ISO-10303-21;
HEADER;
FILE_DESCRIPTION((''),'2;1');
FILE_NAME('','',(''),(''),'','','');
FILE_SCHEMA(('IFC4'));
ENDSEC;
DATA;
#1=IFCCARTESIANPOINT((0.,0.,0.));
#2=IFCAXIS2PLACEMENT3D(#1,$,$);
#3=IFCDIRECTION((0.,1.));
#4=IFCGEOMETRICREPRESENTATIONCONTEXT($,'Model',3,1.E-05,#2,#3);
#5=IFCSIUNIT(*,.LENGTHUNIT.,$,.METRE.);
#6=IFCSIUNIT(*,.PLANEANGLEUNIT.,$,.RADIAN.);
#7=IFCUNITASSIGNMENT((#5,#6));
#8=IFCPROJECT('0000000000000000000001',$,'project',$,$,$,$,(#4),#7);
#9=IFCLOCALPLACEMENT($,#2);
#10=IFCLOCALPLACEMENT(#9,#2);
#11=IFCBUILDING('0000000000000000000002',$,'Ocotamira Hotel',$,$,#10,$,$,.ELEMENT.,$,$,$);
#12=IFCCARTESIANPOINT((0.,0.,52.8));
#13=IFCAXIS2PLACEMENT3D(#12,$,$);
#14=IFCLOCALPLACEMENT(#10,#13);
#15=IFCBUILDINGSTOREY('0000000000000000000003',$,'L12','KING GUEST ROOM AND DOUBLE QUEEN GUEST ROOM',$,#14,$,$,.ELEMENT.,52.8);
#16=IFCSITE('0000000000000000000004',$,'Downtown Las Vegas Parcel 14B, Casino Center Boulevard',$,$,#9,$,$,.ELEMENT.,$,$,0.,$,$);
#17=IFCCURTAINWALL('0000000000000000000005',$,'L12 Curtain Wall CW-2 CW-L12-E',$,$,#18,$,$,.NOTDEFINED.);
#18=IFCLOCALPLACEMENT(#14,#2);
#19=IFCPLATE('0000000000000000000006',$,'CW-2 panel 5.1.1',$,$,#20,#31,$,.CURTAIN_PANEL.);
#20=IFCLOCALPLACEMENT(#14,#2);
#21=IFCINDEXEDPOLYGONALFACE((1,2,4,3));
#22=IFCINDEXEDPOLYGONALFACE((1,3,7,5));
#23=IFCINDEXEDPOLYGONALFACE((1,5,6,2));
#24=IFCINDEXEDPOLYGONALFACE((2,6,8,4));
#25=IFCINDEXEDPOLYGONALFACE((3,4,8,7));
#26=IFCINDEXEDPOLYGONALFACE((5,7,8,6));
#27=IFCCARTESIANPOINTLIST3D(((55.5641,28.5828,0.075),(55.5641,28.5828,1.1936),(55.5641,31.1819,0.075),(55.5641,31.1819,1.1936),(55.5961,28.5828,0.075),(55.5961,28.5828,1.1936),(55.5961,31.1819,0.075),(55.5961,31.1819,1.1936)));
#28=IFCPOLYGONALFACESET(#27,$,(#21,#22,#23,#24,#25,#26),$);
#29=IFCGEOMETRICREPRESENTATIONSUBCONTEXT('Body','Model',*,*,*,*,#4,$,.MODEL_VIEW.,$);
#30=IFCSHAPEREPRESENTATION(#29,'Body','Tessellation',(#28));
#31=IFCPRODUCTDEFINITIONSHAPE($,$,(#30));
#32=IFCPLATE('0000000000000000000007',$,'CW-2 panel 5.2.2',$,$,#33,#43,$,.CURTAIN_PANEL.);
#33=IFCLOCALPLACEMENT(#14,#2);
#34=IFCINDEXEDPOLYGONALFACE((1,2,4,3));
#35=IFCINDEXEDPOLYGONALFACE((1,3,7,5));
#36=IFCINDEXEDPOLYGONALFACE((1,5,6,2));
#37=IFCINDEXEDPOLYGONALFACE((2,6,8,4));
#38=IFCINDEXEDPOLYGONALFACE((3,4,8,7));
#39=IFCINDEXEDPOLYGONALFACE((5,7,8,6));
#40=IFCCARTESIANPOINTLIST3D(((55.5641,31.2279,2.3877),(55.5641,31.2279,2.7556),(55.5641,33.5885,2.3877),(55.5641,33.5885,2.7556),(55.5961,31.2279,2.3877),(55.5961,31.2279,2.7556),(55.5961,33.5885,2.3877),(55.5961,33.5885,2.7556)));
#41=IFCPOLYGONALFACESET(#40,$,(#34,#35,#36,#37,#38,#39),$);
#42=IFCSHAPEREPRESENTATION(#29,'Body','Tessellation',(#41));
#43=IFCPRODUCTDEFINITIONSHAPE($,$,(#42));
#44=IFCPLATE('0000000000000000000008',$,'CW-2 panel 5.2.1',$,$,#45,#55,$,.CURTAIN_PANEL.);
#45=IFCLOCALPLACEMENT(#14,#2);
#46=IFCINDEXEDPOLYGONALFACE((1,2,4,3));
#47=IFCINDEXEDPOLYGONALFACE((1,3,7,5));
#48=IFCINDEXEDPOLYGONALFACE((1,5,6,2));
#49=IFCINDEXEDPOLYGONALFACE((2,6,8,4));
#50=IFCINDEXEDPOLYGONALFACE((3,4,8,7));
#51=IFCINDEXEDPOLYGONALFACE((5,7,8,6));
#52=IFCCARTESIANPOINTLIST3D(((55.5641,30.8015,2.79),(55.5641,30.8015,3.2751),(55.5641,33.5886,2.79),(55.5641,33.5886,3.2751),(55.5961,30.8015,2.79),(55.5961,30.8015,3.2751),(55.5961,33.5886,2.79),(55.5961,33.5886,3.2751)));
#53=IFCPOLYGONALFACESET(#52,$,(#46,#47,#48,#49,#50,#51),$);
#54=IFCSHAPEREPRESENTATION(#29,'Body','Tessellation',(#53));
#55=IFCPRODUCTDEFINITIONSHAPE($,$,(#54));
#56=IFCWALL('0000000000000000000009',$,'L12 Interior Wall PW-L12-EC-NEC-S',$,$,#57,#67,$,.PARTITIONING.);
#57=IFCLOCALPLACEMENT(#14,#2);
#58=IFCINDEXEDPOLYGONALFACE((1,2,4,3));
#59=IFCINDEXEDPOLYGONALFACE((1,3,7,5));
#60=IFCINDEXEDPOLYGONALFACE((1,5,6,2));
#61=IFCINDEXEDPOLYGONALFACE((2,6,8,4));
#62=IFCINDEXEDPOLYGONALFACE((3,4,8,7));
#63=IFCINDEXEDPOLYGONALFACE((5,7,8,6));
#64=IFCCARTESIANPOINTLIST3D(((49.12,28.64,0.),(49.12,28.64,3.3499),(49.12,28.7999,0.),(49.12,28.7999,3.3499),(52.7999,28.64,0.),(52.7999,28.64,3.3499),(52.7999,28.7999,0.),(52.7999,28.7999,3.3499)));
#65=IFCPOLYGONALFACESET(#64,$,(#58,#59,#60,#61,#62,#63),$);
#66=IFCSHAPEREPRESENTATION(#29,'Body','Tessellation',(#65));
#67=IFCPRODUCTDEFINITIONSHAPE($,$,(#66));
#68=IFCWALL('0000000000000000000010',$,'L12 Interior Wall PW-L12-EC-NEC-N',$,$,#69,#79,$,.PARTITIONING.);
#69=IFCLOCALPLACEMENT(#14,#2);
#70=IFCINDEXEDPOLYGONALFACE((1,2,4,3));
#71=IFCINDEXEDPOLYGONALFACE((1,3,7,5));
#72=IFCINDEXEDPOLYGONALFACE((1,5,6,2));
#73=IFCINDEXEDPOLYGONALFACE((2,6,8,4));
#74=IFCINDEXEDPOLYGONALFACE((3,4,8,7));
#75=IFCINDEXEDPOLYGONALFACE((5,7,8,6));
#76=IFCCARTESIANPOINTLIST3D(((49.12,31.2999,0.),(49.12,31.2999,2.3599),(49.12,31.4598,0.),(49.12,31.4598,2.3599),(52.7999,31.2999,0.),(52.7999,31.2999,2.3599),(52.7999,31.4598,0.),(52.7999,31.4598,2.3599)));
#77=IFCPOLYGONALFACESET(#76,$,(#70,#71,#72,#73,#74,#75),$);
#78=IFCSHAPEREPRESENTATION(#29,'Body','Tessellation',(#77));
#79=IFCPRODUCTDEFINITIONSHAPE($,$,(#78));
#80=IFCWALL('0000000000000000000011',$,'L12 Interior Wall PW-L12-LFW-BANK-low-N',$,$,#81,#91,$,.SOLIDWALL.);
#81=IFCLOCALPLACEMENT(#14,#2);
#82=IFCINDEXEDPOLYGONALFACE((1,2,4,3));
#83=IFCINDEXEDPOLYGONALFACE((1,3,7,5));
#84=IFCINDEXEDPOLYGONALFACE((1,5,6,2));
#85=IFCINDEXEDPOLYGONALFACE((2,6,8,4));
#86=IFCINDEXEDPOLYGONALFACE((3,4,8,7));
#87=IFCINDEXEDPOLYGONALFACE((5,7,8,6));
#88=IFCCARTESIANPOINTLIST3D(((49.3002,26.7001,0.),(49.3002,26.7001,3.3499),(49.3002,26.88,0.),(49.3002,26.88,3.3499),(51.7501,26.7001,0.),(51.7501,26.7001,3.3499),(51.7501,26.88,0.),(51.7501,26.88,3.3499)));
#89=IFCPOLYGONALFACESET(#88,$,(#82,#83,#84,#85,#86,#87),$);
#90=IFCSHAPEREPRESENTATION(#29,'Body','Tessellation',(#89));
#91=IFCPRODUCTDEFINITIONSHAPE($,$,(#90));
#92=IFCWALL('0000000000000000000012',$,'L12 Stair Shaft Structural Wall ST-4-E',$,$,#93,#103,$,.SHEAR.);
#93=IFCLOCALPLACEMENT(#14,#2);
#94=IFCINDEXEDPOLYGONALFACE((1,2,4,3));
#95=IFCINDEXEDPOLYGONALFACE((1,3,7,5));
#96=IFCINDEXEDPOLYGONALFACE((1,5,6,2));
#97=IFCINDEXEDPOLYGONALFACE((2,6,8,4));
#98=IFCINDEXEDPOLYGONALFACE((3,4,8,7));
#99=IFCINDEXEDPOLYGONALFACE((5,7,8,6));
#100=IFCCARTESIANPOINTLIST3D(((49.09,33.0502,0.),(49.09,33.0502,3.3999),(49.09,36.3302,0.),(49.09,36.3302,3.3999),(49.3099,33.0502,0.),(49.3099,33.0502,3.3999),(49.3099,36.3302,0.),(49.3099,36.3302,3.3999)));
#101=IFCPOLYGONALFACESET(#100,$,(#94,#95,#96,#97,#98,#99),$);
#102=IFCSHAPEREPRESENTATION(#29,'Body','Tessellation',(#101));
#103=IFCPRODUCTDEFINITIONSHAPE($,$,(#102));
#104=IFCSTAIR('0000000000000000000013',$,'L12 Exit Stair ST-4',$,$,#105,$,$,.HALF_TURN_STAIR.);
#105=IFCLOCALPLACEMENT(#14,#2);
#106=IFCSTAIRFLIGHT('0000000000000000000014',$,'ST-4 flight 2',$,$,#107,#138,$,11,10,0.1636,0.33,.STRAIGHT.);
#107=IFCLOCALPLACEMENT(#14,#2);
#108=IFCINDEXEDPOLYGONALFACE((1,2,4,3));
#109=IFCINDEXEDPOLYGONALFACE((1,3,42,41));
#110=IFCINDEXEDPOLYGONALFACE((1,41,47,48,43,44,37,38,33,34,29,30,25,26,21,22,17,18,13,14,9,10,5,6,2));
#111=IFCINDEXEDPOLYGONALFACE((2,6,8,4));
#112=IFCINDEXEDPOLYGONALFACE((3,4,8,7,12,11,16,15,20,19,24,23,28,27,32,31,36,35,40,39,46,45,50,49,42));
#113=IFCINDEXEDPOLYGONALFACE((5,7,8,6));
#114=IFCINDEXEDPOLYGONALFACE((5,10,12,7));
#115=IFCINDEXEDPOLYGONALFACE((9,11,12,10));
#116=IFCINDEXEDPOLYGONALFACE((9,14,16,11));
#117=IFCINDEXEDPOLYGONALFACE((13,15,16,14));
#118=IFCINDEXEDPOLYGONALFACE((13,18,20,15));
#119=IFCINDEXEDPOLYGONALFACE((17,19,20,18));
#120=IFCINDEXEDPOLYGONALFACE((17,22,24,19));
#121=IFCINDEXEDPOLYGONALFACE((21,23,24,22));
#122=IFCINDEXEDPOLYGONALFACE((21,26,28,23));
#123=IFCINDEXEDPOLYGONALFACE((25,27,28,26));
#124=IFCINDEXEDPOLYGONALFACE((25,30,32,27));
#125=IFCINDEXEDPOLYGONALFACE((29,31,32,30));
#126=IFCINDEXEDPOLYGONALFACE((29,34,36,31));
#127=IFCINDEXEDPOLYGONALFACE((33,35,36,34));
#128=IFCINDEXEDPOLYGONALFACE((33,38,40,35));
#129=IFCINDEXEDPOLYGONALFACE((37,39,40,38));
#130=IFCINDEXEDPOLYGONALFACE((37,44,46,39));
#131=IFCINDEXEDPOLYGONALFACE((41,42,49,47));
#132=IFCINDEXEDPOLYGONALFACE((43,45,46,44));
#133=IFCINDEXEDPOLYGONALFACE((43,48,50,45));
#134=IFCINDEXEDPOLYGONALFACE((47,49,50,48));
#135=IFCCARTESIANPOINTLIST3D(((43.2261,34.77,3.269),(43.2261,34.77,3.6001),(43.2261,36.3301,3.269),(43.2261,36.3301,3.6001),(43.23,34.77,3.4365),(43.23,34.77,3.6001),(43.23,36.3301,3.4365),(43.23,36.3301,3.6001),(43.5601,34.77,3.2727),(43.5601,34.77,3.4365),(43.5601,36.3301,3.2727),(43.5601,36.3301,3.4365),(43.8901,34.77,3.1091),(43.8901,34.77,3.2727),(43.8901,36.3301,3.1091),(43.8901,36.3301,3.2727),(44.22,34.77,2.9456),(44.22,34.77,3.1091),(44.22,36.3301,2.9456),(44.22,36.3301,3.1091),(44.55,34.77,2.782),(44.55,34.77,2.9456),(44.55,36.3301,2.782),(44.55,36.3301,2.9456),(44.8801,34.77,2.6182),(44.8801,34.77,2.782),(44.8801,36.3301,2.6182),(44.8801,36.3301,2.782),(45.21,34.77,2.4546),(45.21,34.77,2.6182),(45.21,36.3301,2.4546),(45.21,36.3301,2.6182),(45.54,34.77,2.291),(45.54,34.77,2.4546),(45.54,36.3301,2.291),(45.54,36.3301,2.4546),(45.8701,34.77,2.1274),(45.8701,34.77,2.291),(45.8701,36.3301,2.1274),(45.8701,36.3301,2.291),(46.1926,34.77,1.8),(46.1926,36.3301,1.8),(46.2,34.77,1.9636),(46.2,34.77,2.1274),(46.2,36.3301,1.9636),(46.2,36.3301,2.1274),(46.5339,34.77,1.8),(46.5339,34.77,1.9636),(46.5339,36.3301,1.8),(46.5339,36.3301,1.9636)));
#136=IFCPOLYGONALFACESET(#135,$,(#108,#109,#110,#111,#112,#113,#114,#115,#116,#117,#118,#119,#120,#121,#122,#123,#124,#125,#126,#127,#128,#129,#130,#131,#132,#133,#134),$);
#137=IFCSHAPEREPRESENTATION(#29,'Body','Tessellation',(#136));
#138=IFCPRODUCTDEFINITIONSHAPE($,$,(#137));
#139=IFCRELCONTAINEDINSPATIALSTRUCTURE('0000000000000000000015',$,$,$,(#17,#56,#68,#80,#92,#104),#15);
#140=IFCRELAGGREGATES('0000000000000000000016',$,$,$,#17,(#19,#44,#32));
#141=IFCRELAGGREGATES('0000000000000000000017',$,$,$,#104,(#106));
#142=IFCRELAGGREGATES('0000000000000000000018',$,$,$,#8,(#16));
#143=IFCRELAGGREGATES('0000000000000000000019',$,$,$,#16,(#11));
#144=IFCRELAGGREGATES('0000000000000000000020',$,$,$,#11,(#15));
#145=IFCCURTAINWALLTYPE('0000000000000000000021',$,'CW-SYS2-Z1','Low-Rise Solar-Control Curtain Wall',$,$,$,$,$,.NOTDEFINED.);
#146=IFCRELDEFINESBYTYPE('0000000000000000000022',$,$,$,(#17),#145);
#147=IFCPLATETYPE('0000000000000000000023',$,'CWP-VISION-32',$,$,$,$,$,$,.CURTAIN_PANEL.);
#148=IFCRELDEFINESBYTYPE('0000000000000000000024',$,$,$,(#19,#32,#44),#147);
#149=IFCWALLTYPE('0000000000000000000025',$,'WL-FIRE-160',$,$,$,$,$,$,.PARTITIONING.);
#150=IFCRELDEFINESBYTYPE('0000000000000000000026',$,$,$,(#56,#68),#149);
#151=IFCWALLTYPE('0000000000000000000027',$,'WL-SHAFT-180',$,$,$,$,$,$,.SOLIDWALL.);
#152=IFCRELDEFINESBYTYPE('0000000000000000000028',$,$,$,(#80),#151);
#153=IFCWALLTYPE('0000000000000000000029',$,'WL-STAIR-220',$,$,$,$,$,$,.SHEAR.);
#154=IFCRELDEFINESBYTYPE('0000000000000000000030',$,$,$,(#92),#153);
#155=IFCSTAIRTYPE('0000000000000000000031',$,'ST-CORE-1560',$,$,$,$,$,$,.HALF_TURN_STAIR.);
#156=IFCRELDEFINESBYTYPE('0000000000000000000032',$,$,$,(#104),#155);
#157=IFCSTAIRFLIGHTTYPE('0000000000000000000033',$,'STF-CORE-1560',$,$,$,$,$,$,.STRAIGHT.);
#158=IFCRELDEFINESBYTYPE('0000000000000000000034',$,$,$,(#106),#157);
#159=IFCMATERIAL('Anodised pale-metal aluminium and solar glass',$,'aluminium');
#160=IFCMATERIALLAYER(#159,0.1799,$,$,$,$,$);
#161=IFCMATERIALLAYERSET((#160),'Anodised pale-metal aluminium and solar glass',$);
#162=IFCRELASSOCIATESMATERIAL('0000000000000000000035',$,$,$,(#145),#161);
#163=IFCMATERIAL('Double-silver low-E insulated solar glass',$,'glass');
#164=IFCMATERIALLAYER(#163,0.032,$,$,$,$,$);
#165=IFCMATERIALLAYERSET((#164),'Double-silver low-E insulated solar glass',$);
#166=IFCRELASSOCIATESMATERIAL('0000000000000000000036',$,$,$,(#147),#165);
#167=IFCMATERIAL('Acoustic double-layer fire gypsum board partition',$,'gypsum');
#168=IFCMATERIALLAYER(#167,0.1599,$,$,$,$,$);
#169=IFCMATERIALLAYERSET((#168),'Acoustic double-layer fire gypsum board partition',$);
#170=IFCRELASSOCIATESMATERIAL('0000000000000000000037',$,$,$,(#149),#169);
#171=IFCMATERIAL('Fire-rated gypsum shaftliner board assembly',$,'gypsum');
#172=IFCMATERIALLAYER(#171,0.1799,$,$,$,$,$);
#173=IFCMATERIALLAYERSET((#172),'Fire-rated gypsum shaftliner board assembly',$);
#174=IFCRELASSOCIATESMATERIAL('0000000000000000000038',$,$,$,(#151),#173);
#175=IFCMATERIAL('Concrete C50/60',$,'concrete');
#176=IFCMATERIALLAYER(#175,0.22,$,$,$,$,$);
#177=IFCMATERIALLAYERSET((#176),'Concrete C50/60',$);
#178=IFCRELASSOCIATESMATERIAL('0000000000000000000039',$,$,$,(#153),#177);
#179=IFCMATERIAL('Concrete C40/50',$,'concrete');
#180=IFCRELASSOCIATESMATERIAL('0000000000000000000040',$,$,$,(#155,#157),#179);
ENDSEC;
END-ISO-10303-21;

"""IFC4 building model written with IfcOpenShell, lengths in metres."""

from ifc_helpers import new_model, si_unit, direction, frame, frame_2d, origin, origin_2d, place, context, subcontext, project, spatial, polyline, rectangle, outline, extrude, source, transform, mapped, material, layer, layer_set, type_object, element, aggregate, save


model = new_model("IFC4")

# Units and contexts
model_context = context("Model", 3, precision=1e-05, world=origin(), true_north=direction((0.0, 1.0)))
body_context = subcontext(model_context, "Body", "Model", "MODEL_VIEW")
ifc_project = project(units=[si_unit("LENGTHUNIT", "METRE"), si_unit("PLANEANGLEUNIT", "RADIAN")], contexts=[model_context])

# Site, building, storey
site_placement = place(None, origin())
site = spatial("IfcSite", under=ifc_project, at=site_placement, Name="Downtown Las Vegas Parcel 14B, Casino Center Boulevard", CompositionType="ELEMENT", RefElevation=0.0)
building_placement = place(site_placement, origin())
building = spatial("IfcBuilding", under=site, at=building_placement, Name="Ocotamira Hotel", CompositionType="ELEMENT")
storey_placement = place(building_placement, frame((0.0, 0.0, 52.8)))
storey = spatial("IfcBuildingStorey", under=building, at=storey_placement, Name="L12", Description="KING GUEST ROOM AND DOUBLE QUEEN GUEST ROOM", CompositionType="ELEMENT", Elevation=52.8)

# Curtain wall
ifc_material_1 = material(Name="Anodised pale-metal aluminium and solar glass", Category="aluminium")
ifc_layer_1 = layer(ifc_material_1, 0.1799)
ifc_layer_set_1 = layer_set([ifc_layer_1], Name="Anodised pale-metal aluminium and solar glass")
curtain_wall_type = type_object("IfcCurtainWallType", Name="CW-SYS2-Z1", Description="Low-Rise Solar-Control Curtain Wall", PredefinedType="NOTDEFINED", material=ifc_layer_set_1)
curtain_wall_placement = place(storey_placement, origin())
curtain_wall = element("IfcCurtainWall", 1, at=curtain_wall_placement, inside=storey, type_object=curtain_wall_type, Name="L12 Curtain Wall CW-2 CW-L12-E", PredefinedType="NOTDEFINED")

# Plates
ifc_material_2 = material(Name="Double-silver low-E insulated solar glass", Category="glass")
ifc_layer_2 = layer(ifc_material_2, 0.032)
ifc_layer_set_2 = layer_set([ifc_layer_2], Name="Double-silver low-E insulated solar glass")
plate_type_1 = type_object("IfcPlateType", Name="CWP-VISION-32", PredefinedType="CURTAIN_PANEL", material=ifc_layer_set_2)
shared_shape_1 = source(origin(), body_context, "Body", "SweptSolid", [
    extrude(rectangle(XDim=2.5991, YDim=0.032, at=origin_2d()), origin(), (0.0, 0.0, 1.0), 1.1187),
])
plate_1_placement = place(storey_placement, frame((55.5801, 29.8823, 0.075), z_axis=(0.0, 0.0, 1.0), x_axis=(0.0, 1.0, 0.0)))
plate_1 = element("IfcPlate", 2, at=plate_1_placement, type_object=plate_type_1, Name="CW-2 panel 5.1.1", PredefinedType="CURTAIN_PANEL", context=body_context, shape_type="MappedRepresentation", body=[
    mapped(shared_shape_1, transform((0.0, 0.0, 0.0), scale=1.0)),
])
shared_shape_2 = source(origin(), body_context, "Body", "SweptSolid", [
    extrude(rectangle(XDim=2.3606, YDim=0.032, at=origin_2d()), origin(), (0.0, 0.0, 1.0), 0.3679),
])
plate_2_placement = place(storey_placement, frame((55.5801, 32.4082, 2.3877), z_axis=(0.0, 0.0, 1.0), x_axis=(0.0, 1.0, 0.0)))
plate_2 = element("IfcPlate", 3, at=plate_2_placement, type_object=plate_type_1, Name="CW-2 panel 5.2.2", PredefinedType="CURTAIN_PANEL", context=body_context, shape_type="MappedRepresentation", body=[
    mapped(shared_shape_2, transform((0.0, 0.0, 0.0), scale=1.0)),
])
shared_shape_3 = source(origin(), body_context, "Body", "SweptSolid", [
    extrude(rectangle(XDim=2.7871, YDim=0.032, at=origin_2d()), origin(), (0.0, 0.0, 1.0), 0.4851),
])
plate_3_placement = place(storey_placement, frame((55.5801, 32.1951, 2.79), z_axis=(0.0, 0.0, 1.0), x_axis=(0.0, 1.0, 0.0)))
plate_3 = element("IfcPlate", 4, at=plate_3_placement, type_object=plate_type_1, Name="CW-2 panel 5.2.1", PredefinedType="CURTAIN_PANEL", context=body_context, shape_type="MappedRepresentation", body=[
    mapped(shared_shape_3, transform((0.0, 0.0, 0.0), scale=1.0)),
])
aggregate(curtain_wall, [plate_1, plate_3, plate_2])

# Walls
ifc_material_3 = material(Name="Acoustic double-layer fire gypsum board partition", Category="gypsum")
ifc_layer_3 = layer(ifc_material_3, 0.1599)
ifc_layer_set_3 = layer_set([ifc_layer_3], Name="Acoustic double-layer fire gypsum board partition")
wall_type_1 = type_object("IfcWallType", Name="WL-FIRE-160", PredefinedType="PARTITIONING", material=ifc_layer_set_3)
wall_1_placement = place(storey_placement, frame((49.1201, 28.72, 0.0), z_axis=(0.0, 0.0, 1.0), x_axis=(1.0, 0.0, 0.0)))
element("IfcWall", 5, at=wall_1_placement, inside=storey, type_object=wall_type_1, Name="L12 Interior Wall PW-L12-EC-NEC-S", PredefinedType="PARTITIONING", context=body_context, shape_type="SweptSolid", body=[
    extrude(rectangle(XDim=3.6799, YDim=0.1599, at=frame_2d((1.8398, 0.0))), origin(), (0.0, 0.0, 1.0), 3.3499),
])
wall_2_placement = place(storey_placement, frame((49.1201, 31.3799, 0.0), z_axis=(0.0, 0.0, 1.0), x_axis=(1.0, 0.0, 0.0)))
element("IfcWall", 6, at=wall_2_placement, inside=storey, type_object=wall_type_1, Name="L12 Interior Wall PW-L12-EC-NEC-N", PredefinedType="PARTITIONING", context=body_context, shape_type="SweptSolid", body=[
    extrude(rectangle(XDim=3.6799, YDim=0.1599, at=frame_2d((1.8398, 0.0))), origin(), (0.0, 0.0, 1.0), 2.3599),
])

# Walls
ifc_material_4 = material(Name="Fire-rated gypsum shaftliner board assembly", Category="gypsum")
ifc_layer_4 = layer(ifc_material_4, 0.1799)
ifc_layer_set_4 = layer_set([ifc_layer_4], Name="Fire-rated gypsum shaftliner board assembly")
wall_type_2 = type_object("IfcWallType", Name="WL-SHAFT-180", PredefinedType="SOLIDWALL", material=ifc_layer_set_4)
wall_3_placement = place(storey_placement, frame((49.3, 26.79, 0.0), z_axis=(0.0, 0.0, 1.0), x_axis=(1.0, 0.0, 0.0)))
element("IfcWall", 7, at=wall_3_placement, inside=storey, type_object=wall_type_2, Name="L12 Interior Wall PW-L12-LFW-BANK-low-N", PredefinedType="SOLIDWALL", context=body_context, shape_type="SweptSolid", body=[
    extrude(rectangle(XDim=2.45, YDim=0.1799, at=frame_2d((1.2251, 0.0))), origin(), (0.0, 0.0, 1.0), 3.3499),
])
ifc_material_5 = material(Name="Concrete C50/60", Category="concrete")
ifc_layer_5 = layer(ifc_material_5, 0.22)
ifc_layer_set_5 = layer_set([ifc_layer_5], Name="Concrete C50/60")
wall_type_3 = type_object("IfcWallType", Name="WL-STAIR-220", PredefinedType="SHEAR", material=ifc_layer_set_5)
wall_4_placement = place(storey_placement, frame((49.2, 33.05, 0.0), z_axis=(0.0, 0.0, 1.0), x_axis=(0.0, 1.0, 0.0)))
element("IfcWall", 8, at=wall_4_placement, inside=storey, type_object=wall_type_3, Name="L12 Stair Shaft Structural Wall ST-4-E", PredefinedType="SHEAR", context=body_context, shape_type="SweptSolid", body=[
    extrude(rectangle(XDim=3.28, YDim=0.22, at=frame_2d((1.6401, 0.0))), origin(), (0.0, 0.0, 1.0), 3.3999),
])

# Stair, stair flight
ifc_material_6 = material(Name="Concrete C40/50", Category="concrete")
stair_type = type_object("IfcStairType", Name="ST-CORE-1560", PredefinedType="HALF_TURN_STAIR", material=ifc_material_6)
stair_placement = place(storey_placement, origin())
stair = element("IfcStair", 9, at=stair_placement, inside=storey, type_object=stair_type, Name="L12 Exit Stair ST-4", PredefinedType="HALF_TURN_STAIR")
stair_flight_type = type_object("IfcStairFlightType", Name="STF-CORE-1560", PredefinedType="STRAIGHT", material=ifc_material_6)
shared_shape_4 = source(origin(), body_context, "Body", "SweptSolid", [
    extrude(outline(polyline([(-0.0039, 0.0), (-0.0039, 0.1636), (0.3301, 0.1636), (0.3301, 0.3274), (0.6599, 0.3274), (0.6599, 0.491), (0.99, 0.491), (0.99, 0.6545), (1.3201, 0.6545), (1.3201, 0.8181), (1.6499, 0.8181), (1.6499, 0.9819), (1.98, 0.9819), (1.98, 1.1455), (2.3101, 1.1455), (2.3101, 1.3091), (2.6399, 1.3091), (2.6399, 1.4727), (2.97, 1.4727), (2.97, 1.6365), (3.3, 1.6365), (3.3, 1.8), (3.304, 1.8), (3.304, 1.469), (0.3374, 0.0), (-0.0039, 0.0)])), frame((0.0, 0.78, 0.0), z_axis=(0.0, -1.0, 0.0), x_axis=(1.0, 0.0, 0.0)), (0.0, 0.0, 1.0), 1.5601),
])
stair_flight_placement = place(storey_placement, frame((46.53, 35.55, 1.8), z_axis=(0.0, 0.0, 1.0), x_axis=(-1.0, 0.0, 0.0)))
stair_flight = element("IfcStairFlight", 10, at=stair_flight_placement, type_object=stair_flight_type, Name="ST-4 flight 2", NumberOfRisers=11, NumberOfTreads=10, PredefinedType="STRAIGHT", RiserHeight=0.1636, TreadLength=0.33, context=body_context, shape_type="MappedRepresentation", body=[
    mapped(shared_shape_4, transform((0.0, 0.0, 0.0), scale=1.0)),
])
aggregate(stair, [stair_flight])

save(model, "model.ifc")
